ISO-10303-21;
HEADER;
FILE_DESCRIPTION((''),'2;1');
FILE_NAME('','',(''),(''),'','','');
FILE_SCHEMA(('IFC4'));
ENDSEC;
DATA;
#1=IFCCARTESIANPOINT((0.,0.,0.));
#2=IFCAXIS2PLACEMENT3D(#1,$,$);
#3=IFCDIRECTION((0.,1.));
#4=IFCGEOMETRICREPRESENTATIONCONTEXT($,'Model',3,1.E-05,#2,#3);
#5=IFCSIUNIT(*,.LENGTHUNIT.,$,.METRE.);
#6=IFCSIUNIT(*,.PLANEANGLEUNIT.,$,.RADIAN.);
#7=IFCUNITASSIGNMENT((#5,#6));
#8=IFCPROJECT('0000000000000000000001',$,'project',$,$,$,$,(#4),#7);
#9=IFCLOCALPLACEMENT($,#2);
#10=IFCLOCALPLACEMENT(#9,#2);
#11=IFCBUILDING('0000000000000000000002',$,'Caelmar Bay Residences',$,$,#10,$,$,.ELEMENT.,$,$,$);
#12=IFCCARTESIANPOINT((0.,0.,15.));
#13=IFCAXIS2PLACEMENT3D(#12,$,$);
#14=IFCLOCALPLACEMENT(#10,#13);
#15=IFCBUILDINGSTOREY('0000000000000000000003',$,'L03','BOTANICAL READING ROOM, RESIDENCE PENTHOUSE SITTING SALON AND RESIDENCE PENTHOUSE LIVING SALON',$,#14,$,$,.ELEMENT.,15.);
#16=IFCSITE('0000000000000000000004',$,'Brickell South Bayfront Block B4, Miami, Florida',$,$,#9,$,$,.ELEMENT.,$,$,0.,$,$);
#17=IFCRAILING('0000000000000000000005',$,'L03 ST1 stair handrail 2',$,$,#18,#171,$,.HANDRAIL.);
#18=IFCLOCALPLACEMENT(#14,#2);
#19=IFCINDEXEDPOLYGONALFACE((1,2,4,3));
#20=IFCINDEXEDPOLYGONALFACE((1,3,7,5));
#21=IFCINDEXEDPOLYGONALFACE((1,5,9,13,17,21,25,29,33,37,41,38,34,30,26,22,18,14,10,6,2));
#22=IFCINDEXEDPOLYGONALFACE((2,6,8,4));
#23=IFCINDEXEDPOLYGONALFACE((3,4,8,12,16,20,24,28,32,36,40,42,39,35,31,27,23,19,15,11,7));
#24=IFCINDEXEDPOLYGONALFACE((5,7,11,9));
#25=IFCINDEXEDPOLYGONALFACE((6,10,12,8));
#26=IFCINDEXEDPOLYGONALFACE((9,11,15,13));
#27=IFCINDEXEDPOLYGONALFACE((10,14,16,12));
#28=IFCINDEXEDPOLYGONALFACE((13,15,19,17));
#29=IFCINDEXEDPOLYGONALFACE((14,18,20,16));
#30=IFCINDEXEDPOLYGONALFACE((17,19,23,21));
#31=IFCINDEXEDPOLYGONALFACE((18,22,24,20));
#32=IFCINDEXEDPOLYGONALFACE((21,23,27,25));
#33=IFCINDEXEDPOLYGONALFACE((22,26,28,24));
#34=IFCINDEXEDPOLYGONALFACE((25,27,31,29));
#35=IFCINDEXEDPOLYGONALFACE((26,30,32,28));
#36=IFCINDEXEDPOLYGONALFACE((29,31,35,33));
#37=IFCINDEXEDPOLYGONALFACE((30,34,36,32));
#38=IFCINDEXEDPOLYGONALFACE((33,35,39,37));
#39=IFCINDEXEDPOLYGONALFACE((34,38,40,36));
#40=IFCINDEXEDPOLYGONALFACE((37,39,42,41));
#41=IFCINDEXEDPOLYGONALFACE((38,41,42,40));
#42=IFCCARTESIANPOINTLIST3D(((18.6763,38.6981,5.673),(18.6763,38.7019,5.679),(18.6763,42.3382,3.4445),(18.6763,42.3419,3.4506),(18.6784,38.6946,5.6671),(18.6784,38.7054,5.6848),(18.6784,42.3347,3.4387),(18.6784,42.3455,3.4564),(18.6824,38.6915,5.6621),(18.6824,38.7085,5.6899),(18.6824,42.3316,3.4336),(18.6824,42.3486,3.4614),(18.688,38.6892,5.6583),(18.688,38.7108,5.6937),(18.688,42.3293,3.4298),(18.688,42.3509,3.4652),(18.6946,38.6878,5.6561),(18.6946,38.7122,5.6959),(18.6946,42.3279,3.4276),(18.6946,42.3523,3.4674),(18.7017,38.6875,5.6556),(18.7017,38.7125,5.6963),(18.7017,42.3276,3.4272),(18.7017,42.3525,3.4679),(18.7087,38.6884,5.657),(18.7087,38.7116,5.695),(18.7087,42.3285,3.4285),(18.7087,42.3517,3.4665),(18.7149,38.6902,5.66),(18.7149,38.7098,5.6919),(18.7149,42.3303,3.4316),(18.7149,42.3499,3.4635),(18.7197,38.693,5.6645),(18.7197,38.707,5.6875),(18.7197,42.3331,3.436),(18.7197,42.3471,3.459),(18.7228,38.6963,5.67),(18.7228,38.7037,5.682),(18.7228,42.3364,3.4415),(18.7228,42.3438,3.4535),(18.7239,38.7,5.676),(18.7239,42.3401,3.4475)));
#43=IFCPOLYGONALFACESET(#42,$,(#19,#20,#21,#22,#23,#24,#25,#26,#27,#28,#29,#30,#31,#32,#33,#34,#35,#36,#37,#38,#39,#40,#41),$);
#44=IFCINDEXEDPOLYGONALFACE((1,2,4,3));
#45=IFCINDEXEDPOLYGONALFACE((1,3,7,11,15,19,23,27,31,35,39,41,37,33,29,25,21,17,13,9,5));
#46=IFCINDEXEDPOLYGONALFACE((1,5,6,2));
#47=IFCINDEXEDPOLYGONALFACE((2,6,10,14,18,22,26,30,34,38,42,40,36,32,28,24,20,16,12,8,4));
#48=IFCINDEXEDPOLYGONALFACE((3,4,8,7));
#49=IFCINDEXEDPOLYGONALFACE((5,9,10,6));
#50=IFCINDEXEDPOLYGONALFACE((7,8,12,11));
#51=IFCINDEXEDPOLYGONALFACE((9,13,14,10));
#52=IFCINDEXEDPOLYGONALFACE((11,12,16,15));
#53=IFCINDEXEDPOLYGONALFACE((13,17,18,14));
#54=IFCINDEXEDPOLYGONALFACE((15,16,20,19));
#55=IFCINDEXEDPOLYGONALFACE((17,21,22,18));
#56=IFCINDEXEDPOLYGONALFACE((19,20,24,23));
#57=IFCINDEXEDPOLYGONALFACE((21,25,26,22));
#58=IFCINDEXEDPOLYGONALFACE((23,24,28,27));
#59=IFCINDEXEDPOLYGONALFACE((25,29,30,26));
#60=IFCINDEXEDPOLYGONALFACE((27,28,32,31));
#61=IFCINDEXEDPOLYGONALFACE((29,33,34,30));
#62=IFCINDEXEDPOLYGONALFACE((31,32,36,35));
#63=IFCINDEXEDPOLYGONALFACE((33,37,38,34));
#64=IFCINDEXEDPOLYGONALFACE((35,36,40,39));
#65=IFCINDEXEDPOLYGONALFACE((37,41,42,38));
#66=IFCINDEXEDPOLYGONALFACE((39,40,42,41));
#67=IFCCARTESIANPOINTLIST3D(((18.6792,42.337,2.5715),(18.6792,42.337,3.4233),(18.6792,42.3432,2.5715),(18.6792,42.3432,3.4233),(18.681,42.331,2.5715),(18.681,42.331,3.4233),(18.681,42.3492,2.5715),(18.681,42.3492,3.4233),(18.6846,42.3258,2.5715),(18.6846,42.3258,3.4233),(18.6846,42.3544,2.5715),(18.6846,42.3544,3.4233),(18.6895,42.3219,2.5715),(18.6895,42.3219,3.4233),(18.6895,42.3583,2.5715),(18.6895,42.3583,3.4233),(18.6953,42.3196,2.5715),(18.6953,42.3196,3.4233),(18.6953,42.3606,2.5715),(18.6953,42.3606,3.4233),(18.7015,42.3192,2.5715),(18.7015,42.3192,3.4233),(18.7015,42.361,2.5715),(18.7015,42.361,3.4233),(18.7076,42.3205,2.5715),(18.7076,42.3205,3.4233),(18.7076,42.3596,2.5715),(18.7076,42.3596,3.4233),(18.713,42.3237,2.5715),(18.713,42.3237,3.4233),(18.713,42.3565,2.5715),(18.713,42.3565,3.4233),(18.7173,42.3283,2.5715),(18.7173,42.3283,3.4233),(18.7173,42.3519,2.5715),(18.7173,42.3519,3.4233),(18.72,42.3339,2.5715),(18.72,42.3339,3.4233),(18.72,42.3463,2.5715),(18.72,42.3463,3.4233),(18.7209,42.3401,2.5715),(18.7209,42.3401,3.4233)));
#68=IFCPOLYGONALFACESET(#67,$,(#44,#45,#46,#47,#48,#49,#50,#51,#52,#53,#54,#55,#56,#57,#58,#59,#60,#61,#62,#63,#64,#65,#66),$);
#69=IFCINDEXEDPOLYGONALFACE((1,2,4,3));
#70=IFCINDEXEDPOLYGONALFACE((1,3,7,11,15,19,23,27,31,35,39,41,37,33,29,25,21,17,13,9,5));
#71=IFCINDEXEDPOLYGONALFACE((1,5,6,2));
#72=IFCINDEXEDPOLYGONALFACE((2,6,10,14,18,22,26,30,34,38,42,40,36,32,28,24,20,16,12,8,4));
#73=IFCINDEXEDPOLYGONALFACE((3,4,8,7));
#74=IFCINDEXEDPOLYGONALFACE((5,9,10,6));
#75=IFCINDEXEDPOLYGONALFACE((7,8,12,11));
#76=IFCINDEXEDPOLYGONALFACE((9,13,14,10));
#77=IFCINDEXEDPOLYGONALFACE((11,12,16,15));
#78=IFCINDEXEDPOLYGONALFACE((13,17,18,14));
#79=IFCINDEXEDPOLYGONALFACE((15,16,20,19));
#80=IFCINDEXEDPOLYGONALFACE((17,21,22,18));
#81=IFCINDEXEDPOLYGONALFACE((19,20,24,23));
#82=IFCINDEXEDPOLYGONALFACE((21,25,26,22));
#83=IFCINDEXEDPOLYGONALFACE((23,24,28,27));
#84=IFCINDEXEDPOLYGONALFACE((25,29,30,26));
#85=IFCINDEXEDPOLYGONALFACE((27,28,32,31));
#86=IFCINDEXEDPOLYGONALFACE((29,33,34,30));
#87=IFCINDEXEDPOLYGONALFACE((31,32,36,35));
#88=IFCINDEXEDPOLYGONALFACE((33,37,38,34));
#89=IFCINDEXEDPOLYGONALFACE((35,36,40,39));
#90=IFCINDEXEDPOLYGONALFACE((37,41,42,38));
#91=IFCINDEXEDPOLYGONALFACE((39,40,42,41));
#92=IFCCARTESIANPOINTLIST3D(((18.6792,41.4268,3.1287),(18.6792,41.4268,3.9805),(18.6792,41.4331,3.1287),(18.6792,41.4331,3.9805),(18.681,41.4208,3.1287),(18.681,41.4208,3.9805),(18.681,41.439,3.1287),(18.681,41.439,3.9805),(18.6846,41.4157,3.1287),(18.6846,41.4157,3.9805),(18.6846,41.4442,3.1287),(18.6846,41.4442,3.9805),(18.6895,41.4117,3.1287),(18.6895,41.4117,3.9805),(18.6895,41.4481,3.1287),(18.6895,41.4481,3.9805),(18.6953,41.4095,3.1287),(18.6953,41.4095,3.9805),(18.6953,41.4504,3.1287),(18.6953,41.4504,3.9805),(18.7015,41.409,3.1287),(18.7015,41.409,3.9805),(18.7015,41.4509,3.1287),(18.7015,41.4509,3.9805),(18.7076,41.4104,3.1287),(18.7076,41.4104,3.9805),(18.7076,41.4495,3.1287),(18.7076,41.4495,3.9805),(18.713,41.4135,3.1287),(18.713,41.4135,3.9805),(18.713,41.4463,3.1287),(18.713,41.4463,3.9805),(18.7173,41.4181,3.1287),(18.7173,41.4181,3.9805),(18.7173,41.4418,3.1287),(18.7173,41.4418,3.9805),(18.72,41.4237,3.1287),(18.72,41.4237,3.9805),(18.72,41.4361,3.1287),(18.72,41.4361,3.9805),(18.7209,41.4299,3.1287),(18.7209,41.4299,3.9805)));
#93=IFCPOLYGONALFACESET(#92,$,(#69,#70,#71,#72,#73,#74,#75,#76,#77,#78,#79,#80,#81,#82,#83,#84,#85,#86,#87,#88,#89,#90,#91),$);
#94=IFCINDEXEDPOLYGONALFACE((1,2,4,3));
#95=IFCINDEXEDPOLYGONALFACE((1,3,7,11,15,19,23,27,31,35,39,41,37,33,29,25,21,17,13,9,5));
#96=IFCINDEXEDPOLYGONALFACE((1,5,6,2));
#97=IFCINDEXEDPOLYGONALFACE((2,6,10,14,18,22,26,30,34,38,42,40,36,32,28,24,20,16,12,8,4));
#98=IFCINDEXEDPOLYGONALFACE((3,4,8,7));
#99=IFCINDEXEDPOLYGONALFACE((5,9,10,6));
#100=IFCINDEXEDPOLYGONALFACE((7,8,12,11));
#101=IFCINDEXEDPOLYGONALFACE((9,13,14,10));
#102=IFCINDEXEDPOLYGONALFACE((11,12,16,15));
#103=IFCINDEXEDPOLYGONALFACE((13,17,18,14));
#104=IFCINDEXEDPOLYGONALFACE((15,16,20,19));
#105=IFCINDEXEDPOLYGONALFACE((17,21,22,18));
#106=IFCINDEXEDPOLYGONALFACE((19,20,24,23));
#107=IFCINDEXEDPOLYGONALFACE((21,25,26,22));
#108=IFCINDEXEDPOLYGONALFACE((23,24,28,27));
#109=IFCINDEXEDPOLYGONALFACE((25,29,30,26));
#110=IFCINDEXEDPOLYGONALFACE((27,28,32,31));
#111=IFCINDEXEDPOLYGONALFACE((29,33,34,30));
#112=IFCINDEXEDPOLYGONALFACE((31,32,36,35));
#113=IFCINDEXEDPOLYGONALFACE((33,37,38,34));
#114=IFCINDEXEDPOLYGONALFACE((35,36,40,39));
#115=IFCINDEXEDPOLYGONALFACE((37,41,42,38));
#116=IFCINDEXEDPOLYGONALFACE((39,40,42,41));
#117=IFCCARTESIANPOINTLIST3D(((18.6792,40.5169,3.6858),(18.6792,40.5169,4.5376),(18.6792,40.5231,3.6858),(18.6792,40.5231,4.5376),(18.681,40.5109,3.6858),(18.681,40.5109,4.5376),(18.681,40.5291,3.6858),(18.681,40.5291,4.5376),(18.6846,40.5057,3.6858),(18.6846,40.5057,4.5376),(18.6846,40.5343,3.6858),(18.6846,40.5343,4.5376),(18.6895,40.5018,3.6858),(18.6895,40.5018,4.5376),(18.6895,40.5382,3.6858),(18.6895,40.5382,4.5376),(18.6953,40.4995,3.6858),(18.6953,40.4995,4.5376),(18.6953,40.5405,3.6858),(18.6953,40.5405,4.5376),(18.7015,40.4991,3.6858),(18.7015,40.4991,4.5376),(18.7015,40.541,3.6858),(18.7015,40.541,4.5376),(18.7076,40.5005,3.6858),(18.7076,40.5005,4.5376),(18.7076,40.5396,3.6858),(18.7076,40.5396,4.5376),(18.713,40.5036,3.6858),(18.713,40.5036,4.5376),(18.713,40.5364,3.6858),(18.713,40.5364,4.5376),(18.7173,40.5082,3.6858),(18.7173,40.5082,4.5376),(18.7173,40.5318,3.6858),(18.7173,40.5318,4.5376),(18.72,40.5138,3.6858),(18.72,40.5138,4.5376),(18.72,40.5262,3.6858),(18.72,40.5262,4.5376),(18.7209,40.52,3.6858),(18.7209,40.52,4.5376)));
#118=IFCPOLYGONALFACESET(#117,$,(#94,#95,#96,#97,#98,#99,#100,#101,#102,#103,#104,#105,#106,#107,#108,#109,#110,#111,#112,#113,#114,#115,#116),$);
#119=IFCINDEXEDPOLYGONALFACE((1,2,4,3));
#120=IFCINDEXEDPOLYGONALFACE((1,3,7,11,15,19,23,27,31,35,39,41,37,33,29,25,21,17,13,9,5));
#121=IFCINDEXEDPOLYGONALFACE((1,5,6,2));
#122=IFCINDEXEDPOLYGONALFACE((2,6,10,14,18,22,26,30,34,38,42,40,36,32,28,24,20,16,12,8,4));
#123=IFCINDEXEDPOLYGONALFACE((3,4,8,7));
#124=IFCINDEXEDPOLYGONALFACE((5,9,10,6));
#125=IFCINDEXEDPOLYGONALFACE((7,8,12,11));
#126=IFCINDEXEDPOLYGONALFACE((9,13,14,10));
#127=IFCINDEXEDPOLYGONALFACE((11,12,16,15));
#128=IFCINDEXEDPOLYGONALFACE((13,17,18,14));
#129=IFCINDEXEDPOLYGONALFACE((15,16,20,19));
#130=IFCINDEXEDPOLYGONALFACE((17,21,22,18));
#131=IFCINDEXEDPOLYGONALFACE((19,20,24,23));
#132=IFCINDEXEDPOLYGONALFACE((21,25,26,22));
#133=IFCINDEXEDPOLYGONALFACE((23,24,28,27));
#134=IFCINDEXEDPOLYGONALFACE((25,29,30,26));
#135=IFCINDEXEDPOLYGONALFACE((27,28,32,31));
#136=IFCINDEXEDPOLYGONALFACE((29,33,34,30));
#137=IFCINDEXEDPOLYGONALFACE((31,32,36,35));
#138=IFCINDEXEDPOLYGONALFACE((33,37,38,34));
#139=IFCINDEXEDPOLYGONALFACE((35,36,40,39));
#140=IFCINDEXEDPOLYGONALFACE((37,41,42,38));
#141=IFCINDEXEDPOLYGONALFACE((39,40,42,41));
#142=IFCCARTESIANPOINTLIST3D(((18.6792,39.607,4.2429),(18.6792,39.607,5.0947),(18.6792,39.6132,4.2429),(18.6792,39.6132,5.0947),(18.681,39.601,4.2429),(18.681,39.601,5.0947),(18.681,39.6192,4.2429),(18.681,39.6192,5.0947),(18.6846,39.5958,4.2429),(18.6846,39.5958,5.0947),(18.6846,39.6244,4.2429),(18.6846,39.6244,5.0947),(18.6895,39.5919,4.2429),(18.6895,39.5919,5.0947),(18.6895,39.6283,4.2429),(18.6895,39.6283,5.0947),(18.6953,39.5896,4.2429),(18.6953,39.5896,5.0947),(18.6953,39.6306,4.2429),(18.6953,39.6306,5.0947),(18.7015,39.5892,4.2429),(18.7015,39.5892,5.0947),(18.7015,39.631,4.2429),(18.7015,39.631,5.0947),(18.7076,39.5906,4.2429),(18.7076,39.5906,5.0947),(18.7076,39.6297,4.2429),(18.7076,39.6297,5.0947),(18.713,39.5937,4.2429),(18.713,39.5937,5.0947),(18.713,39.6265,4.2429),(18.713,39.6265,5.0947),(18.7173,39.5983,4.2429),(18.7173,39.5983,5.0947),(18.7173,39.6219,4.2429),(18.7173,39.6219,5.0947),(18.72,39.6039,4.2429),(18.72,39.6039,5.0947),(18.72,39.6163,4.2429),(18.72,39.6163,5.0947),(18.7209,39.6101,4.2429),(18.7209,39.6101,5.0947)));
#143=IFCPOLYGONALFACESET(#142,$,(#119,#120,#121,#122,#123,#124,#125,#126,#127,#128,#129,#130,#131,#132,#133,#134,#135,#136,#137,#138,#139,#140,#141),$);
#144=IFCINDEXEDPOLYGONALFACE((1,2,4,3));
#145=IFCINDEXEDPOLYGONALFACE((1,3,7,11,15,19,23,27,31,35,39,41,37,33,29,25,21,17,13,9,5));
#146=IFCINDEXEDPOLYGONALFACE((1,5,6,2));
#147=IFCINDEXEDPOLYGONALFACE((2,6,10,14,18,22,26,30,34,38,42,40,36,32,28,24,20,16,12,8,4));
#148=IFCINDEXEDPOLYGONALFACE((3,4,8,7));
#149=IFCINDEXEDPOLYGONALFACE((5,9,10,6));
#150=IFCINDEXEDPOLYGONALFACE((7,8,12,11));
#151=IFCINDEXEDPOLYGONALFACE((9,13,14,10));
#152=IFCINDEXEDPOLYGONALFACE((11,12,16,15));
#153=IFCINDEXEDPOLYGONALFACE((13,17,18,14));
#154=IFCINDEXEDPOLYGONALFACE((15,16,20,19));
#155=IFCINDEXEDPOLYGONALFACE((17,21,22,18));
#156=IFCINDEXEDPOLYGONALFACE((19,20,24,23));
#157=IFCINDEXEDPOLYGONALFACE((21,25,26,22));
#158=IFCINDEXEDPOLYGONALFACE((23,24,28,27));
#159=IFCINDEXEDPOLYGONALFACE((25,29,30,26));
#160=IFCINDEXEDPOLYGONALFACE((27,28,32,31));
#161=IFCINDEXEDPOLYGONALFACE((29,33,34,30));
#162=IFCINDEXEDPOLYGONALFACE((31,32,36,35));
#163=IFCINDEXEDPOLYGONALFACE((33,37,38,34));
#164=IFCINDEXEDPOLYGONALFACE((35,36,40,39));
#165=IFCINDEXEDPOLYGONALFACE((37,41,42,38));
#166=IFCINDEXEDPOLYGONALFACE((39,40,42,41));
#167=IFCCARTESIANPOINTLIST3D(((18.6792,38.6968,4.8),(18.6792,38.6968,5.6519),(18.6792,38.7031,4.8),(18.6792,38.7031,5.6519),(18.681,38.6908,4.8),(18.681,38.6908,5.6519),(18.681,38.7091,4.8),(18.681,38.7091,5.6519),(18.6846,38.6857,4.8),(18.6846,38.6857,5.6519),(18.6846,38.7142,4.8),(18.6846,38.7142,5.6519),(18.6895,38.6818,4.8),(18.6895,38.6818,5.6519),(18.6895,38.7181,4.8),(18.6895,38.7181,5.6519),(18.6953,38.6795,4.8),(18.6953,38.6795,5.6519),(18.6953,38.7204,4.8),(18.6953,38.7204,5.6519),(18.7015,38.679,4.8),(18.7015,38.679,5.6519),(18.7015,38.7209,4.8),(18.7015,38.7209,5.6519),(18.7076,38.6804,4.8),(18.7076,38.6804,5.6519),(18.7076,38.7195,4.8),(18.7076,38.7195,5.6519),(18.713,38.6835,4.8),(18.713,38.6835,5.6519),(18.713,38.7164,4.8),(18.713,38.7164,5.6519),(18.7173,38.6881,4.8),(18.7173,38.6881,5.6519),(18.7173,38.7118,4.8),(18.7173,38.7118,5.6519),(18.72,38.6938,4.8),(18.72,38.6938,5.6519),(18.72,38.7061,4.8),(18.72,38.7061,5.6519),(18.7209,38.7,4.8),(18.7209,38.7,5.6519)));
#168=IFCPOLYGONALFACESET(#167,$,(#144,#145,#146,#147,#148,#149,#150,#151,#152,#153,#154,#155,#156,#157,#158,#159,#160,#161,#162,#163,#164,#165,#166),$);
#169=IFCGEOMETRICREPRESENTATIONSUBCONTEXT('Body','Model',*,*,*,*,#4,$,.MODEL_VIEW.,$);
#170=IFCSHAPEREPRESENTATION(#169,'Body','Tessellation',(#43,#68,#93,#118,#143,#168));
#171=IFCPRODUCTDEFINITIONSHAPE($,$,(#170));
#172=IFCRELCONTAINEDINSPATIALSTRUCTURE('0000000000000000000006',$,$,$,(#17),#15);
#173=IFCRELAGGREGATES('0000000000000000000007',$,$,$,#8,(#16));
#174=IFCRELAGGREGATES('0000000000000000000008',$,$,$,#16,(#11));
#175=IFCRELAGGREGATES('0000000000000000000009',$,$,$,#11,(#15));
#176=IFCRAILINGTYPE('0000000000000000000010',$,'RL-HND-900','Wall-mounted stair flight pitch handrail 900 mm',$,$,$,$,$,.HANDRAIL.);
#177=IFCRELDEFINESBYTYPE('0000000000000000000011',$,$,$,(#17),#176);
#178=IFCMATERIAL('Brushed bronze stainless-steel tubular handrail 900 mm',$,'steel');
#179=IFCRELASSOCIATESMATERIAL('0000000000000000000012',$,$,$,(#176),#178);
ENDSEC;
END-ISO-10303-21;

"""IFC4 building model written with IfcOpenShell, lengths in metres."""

from ifc_helpers import new_model, si_unit, direction, frame, origin, origin_2d, place, context, subcontext, project, spatial, circle, extrude, material, type_object, element, save


model = new_model("IFC4")

# Units and contexts
model_context = context("Model", 3, precision=1e-05, world=origin(), true_north=direction((0.0, 1.0)))
body_context = subcontext(model_context, "Body", "Model", "MODEL_VIEW")
ifc_project = project(units=[si_unit("LENGTHUNIT", "METRE"), si_unit("PLANEANGLEUNIT", "RADIAN")], contexts=[model_context])

# Site, building, storey
site_placement = place(None, origin())
site = spatial("IfcSite", under=ifc_project, at=site_placement, Name="Brickell South Bayfront Block B4, Miami, Florida", CompositionType="ELEMENT", RefElevation=0.0)
building_placement = place(site_placement, origin())
building = spatial("IfcBuilding", under=site, at=building_placement, Name="Caelmar Bay Residences", CompositionType="ELEMENT")
storey_placement = place(building_placement, frame((0.0, 0.0, 15.0)))
storey = spatial("IfcBuildingStorey", under=building, at=storey_placement, Name="L03", Description="BOTANICAL READING ROOM, RESIDENCE PENTHOUSE SITTING SALON AND RESIDENCE PENTHOUSE LIVING SALON", CompositionType="ELEMENT", Elevation=15.0)

# Railing
ifc_material_1 = material(Name="Brushed bronze stainless-steel tubular handrail 900 mm", Category="steel")
railing_type_1 = type_object("IfcRailingType", Name="RL-HND-900", Description="Wall-mounted stair flight pitch handrail 900 mm", PredefinedType="HANDRAIL", material=ifc_material_1)
railing_1_placement = place(storey_placement, frame((18.7, 42.3401, 2.5715)))
element("IfcRailing", 1, at=railing_1_placement, inside=storey, type_object=railing_type_1, Name="L03 ST1 stair handrail 2", PredefinedType="HANDRAIL", context=body_context, shape_type="SweptSolid", body=[
    extrude(circle(Radius=0.0239, at=origin_2d()), frame((0.0, 0.0, 0.876), z_axis=(0.0, -0.852866, 0.52213), x_axis=(1.0, 0.0, 0.0)), (0.0, 0.0, 1.0), 4.2681),
    extrude(circle(Radius=0.021, at=origin_2d()), origin(), (0.0, 0.0, 1.0), 0.8518),
    extrude(circle(Radius=0.021, at=origin_2d()), frame((0.0, -0.9102, 0.5571)), (0.0, 0.0, 1.0), 0.8518),
    extrude(circle(Radius=0.021, at=origin_2d()), frame((0.0, -1.8201, 1.1143)), (0.0, 0.0, 1.0), 0.8518),
    extrude(circle(Radius=0.021, at=origin_2d()), frame((0.0, -2.73, 1.6714)), (0.0, 0.0, 1.0), 0.8518),
    extrude(circle(Radius=0.021, at=origin_2d()), frame((0.0, -3.6401, 2.2285)), (0.0, 0.0, 1.0), 0.8518),
])

save(model, "model.ifc")
